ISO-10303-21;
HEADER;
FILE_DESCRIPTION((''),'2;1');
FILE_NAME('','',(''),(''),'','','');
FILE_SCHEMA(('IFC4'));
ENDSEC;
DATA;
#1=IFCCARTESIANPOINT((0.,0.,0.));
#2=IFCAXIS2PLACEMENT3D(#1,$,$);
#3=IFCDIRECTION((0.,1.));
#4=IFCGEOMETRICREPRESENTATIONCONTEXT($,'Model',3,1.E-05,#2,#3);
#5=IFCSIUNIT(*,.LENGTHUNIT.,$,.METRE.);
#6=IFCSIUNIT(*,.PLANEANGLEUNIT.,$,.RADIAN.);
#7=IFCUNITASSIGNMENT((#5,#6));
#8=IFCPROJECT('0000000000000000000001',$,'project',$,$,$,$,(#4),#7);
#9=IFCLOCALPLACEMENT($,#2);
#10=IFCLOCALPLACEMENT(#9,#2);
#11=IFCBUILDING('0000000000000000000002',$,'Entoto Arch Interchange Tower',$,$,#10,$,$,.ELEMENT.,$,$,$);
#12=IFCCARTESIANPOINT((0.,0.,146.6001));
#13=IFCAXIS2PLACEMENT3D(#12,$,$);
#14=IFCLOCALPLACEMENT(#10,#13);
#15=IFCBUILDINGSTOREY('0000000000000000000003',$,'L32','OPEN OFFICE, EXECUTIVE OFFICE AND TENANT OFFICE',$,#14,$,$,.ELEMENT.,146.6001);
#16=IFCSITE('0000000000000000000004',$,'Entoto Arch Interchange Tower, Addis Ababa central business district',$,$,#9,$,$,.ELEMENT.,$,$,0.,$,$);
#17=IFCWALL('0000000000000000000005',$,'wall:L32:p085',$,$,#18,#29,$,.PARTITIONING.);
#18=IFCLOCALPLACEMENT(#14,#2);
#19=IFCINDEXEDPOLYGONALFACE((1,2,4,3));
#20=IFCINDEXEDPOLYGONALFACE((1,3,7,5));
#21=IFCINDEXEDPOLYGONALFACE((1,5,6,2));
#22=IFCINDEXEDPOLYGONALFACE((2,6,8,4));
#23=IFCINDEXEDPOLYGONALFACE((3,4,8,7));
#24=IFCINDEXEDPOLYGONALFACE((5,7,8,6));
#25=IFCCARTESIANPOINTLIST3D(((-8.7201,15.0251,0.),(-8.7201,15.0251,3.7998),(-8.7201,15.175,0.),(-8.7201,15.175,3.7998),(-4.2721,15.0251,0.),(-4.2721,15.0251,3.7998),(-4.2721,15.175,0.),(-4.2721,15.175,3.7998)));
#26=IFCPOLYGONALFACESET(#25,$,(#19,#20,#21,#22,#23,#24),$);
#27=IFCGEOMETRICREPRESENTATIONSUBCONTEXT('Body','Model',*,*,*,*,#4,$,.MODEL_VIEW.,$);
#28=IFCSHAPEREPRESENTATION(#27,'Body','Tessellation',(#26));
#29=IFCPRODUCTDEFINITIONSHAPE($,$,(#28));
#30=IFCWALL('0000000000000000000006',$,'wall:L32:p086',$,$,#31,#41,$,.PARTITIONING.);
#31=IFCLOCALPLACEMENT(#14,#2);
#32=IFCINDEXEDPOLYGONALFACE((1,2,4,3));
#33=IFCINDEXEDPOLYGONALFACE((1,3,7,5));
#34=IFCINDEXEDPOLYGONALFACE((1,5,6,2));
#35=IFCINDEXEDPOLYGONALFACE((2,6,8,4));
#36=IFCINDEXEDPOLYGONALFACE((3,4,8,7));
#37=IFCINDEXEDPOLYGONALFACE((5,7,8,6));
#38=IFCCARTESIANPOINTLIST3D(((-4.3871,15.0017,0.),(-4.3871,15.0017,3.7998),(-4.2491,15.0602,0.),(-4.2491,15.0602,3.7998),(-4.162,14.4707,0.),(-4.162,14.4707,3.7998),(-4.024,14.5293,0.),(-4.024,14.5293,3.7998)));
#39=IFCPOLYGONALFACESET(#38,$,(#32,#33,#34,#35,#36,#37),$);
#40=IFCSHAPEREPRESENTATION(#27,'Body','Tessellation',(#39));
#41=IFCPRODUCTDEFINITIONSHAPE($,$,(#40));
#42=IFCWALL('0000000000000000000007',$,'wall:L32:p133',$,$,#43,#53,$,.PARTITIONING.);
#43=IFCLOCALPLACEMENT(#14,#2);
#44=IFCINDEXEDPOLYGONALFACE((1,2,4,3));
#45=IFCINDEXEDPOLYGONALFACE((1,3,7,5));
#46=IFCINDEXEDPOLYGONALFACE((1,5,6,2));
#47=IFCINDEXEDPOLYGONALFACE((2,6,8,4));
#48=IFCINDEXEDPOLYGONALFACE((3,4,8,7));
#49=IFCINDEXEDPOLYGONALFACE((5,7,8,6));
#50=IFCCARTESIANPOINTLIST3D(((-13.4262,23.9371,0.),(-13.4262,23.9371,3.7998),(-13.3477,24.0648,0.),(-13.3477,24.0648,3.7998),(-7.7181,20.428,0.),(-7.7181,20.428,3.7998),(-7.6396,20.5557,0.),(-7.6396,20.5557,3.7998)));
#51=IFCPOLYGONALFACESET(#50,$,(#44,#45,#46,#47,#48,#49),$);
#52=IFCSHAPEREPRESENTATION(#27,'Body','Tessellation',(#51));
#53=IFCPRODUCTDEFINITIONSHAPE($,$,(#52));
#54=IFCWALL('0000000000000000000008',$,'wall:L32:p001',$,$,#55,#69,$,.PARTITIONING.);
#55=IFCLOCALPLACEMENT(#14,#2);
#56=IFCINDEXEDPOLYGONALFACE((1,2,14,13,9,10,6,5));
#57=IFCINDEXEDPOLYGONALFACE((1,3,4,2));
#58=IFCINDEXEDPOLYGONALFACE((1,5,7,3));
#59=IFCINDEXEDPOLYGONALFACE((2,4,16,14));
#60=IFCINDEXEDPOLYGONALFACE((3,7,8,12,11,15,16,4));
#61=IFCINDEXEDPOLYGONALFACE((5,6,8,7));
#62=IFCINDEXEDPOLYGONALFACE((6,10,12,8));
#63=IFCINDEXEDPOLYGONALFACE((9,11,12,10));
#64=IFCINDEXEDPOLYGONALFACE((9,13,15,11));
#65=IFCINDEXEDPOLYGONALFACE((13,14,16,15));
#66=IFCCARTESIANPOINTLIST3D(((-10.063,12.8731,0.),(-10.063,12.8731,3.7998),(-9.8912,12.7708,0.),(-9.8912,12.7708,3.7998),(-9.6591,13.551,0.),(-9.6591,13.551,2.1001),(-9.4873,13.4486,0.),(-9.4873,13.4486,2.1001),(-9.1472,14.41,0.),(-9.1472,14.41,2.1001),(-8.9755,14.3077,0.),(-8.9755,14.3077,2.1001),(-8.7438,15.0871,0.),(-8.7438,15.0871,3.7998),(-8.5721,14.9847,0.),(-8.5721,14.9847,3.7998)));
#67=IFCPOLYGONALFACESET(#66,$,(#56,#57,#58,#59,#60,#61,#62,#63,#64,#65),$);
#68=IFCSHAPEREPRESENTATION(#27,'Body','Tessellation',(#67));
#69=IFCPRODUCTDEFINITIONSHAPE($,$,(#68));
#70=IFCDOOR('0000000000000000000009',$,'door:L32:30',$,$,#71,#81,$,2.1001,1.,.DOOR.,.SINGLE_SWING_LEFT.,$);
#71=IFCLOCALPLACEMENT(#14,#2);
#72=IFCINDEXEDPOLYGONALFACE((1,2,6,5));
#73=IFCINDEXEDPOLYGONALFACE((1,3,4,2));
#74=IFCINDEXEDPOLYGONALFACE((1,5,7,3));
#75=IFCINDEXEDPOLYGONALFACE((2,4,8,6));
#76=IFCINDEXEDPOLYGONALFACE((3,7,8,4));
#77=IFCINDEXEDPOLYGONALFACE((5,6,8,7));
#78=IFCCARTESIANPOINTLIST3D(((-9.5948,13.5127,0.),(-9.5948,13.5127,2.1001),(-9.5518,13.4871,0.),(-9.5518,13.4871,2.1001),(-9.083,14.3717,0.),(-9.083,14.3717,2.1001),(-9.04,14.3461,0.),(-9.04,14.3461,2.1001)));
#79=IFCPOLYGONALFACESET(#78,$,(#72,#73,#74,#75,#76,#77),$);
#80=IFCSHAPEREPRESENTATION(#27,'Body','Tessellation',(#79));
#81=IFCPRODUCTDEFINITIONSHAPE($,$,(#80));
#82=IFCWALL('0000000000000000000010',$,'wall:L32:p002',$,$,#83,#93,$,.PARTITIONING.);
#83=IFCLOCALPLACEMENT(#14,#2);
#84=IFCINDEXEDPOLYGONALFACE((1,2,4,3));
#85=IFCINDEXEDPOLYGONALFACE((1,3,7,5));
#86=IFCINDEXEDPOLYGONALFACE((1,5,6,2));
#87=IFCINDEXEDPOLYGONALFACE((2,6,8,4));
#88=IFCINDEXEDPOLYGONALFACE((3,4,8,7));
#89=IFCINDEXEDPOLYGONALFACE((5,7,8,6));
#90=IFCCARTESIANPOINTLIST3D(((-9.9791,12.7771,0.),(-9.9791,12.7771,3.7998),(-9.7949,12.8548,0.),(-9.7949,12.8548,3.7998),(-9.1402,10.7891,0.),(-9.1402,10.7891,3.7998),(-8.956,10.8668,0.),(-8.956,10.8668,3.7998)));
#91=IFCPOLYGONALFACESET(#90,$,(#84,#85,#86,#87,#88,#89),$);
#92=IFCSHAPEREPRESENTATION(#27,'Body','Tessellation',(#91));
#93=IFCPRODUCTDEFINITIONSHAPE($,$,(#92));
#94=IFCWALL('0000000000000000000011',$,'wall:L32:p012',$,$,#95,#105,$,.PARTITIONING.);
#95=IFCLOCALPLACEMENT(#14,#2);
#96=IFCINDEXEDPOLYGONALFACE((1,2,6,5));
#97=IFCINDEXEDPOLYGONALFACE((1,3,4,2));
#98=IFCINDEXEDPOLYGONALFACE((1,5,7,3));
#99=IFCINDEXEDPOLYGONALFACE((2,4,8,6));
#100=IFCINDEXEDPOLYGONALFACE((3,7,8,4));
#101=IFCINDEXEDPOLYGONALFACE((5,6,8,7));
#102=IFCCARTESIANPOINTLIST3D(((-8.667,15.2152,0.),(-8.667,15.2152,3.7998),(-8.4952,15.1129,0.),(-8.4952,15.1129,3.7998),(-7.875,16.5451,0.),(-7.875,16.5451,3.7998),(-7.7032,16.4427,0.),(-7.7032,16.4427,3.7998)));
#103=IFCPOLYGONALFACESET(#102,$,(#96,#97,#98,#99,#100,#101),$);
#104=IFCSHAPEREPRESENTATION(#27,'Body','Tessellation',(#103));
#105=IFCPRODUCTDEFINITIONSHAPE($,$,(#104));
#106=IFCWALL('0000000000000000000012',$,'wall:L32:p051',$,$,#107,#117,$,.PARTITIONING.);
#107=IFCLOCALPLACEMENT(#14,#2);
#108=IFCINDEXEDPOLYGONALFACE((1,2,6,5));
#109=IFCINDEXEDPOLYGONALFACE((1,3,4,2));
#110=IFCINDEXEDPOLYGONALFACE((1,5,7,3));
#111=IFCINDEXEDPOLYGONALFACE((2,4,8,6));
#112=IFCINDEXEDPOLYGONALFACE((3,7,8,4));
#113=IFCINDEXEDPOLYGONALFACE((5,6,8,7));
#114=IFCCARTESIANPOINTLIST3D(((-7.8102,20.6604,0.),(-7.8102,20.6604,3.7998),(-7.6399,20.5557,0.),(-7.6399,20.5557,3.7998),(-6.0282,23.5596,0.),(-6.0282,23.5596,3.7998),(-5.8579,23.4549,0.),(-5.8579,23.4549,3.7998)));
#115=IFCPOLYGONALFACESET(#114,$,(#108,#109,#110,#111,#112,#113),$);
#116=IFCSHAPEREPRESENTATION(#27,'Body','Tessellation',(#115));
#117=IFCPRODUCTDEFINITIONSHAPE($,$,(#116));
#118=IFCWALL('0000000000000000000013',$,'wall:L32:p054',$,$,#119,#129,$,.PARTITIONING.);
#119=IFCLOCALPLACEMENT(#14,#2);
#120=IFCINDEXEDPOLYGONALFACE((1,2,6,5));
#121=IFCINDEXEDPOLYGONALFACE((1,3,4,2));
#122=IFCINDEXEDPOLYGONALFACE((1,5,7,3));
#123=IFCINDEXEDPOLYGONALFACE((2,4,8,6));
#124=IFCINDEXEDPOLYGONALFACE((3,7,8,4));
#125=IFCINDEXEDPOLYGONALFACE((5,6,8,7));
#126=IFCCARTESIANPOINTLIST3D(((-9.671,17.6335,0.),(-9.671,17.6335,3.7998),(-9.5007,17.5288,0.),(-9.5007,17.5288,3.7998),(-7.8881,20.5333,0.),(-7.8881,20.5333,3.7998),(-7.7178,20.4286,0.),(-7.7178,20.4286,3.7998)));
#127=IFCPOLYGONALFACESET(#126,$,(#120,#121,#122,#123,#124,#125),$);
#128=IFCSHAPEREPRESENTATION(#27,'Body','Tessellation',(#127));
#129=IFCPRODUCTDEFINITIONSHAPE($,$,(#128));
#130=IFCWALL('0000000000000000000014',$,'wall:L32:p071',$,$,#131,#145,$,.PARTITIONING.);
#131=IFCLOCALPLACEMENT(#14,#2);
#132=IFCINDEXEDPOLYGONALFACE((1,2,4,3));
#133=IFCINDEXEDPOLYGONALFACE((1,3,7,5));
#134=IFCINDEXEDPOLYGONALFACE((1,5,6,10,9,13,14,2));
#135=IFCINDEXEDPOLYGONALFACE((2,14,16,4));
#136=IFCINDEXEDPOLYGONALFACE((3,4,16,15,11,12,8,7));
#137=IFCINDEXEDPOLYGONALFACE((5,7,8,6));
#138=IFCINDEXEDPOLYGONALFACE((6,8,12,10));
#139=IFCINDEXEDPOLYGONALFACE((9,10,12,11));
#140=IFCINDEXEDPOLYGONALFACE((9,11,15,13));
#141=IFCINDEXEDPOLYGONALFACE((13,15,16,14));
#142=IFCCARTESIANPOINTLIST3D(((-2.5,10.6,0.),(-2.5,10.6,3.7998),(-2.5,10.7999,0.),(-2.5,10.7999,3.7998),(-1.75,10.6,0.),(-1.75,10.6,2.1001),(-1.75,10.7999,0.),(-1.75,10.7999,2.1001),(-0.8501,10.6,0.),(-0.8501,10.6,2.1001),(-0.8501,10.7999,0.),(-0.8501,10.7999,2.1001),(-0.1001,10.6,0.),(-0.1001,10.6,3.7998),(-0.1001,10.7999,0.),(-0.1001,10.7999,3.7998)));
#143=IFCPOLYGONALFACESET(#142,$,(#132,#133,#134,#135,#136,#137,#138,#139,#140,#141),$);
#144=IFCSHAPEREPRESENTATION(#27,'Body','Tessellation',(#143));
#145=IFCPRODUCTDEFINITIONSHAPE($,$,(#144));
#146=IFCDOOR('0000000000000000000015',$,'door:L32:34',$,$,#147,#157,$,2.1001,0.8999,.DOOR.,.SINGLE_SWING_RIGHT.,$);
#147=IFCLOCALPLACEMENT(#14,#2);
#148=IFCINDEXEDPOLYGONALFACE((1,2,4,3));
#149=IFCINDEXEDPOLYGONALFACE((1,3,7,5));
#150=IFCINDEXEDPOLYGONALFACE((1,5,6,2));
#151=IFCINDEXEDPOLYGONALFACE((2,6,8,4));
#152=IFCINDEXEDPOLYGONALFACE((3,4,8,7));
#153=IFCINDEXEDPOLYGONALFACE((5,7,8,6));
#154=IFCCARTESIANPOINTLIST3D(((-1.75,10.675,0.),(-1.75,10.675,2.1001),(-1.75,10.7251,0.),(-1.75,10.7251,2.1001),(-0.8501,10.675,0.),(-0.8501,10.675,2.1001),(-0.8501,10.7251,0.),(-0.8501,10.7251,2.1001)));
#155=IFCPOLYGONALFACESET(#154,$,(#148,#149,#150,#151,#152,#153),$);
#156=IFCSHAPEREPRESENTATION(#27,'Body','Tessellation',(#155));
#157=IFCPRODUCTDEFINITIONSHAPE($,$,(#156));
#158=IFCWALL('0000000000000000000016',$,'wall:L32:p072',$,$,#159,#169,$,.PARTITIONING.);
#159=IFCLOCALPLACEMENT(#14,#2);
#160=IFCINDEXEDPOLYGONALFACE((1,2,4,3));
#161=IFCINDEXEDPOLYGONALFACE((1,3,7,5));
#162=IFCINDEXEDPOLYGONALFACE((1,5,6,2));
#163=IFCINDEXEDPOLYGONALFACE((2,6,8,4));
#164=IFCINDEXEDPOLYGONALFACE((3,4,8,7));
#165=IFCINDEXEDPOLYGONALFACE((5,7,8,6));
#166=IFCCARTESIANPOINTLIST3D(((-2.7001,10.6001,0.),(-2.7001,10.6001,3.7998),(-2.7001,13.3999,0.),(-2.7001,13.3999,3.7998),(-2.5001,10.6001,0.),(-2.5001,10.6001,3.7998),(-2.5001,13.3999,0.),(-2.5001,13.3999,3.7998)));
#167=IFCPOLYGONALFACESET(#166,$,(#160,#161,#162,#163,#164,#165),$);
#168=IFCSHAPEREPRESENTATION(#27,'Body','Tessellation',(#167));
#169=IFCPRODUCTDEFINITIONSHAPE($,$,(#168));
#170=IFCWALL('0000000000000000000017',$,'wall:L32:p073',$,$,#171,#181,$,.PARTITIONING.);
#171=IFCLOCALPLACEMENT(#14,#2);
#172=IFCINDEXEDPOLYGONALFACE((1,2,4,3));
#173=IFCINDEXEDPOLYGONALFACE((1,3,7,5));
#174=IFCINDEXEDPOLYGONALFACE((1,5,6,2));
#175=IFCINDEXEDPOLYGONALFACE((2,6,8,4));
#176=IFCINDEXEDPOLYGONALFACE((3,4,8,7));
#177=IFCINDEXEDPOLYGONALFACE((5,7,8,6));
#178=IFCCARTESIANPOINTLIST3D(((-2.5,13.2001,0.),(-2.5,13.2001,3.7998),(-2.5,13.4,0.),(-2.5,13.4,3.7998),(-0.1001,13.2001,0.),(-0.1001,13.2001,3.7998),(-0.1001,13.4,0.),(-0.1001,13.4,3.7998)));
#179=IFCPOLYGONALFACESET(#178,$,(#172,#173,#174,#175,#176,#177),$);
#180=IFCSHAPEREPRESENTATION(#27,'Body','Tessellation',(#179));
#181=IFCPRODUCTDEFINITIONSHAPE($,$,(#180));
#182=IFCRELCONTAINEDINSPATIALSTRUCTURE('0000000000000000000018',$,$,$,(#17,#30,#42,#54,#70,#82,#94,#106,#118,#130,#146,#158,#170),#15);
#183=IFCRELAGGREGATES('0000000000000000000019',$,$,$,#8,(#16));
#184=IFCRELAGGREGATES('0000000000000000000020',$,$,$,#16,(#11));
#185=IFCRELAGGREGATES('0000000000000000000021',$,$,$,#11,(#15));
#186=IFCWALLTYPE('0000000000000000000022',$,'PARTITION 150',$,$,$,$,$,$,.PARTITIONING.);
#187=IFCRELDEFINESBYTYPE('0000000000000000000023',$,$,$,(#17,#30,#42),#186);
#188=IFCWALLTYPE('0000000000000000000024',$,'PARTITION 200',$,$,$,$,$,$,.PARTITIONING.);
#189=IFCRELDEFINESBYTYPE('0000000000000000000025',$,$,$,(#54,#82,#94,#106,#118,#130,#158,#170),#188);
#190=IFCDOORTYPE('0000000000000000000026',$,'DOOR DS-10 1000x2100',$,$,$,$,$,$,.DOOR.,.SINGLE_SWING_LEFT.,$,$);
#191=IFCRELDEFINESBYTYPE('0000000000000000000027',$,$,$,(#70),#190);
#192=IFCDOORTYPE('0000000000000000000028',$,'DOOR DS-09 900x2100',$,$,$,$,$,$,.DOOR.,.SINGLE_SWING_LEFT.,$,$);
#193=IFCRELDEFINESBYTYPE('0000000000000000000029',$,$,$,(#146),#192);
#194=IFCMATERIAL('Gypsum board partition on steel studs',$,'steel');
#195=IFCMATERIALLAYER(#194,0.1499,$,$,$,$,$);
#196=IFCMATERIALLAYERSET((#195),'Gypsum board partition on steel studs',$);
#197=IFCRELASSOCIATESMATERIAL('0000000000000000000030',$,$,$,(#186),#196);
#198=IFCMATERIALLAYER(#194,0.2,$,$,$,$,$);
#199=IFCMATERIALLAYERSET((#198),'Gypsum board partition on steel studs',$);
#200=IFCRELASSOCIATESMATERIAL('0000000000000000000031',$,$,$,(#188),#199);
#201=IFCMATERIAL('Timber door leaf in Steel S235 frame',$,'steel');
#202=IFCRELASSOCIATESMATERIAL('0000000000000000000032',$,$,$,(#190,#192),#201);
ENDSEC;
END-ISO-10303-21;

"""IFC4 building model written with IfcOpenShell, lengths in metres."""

from ifc_helpers import new_model, si_unit, direction, frame, frame_2d, origin, place, context, subcontext, project, spatial, rectangle, extrude, material, layer, layer_set, type_object, element, fill, save


model = new_model("IFC4")

# Units and contexts
model_context = context("Model", 3, precision=1e-05, world=origin(), true_north=direction((0.0, 1.0)))
body_context = subcontext(model_context, "Body", "Model", "MODEL_VIEW")
ifc_project = project(units=[si_unit("LENGTHUNIT", "METRE"), si_unit("PLANEANGLEUNIT", "RADIAN")], contexts=[model_context])

# Site, building, storey
site_placement = place(None, origin())
site = spatial("IfcSite", under=ifc_project, at=site_placement, Name="Entoto Arch Interchange Tower, Addis Ababa central business district", CompositionType="ELEMENT", RefElevation=0.0)
building_placement = place(site_placement, origin())
building = spatial("IfcBuilding", under=site, at=building_placement, Name="Entoto Arch Interchange Tower", CompositionType="ELEMENT")
storey_placement = place(building_placement, frame((0.0, 0.0, 146.6001)))
storey = spatial("IfcBuildingStorey", under=building, at=storey_placement, Name="L32", Description="OPEN OFFICE, EXECUTIVE OFFICE AND TENANT OFFICE", CompositionType="ELEMENT", Elevation=146.6001)

# Walls
ifc_material_1 = material(Name="Gypsum board partition on steel studs", Category="steel")
ifc_layer_1 = layer(ifc_material_1, 0.1499)
ifc_layer_set_1 = layer_set([ifc_layer_1], Name="Gypsum board partition on steel studs")
wall_type_1 = type_object("IfcWallType", Name="PARTITION 150", PredefinedType="PARTITIONING", material=ifc_layer_set_1)
wall_1_placement = place(storey_placement, frame((-4.272, 15.1001, 0.0), z_axis=(0.0, 0.0, 1.0), x_axis=(-1.0, 0.0, 0.0)))
element("IfcWall", 1, at=wall_1_placement, inside=storey, type_object=wall_type_1, Name="wall:L32:p085", PredefinedType="PARTITIONING", context=body_context, shape_type="SweptSolid", body=[
    extrude(rectangle(XDim=4.448, YDim=0.1499, at=frame_2d((2.2241, 0.0))), origin(), (0.0, 0.0, 1.0), 3.7998),
])
wall_2_placement = place(storey_placement, frame((-4.093, 14.5, 0.0), z_axis=(0.0, 0.0, 1.0), x_axis=(-0.390289, 0.920692, 0.0)))
element("IfcWall", 2, at=wall_2_placement, inside=storey, type_object=wall_type_1, Name="wall:L32:p086", PredefinedType="PARTITIONING", context=body_context, shape_type="SweptSolid", body=[
    extrude(rectangle(XDim=0.5767, YDim=0.1499, at=frame_2d((0.2883, 0.0))), origin(), (0.0, 0.0, 1.0), 3.7998),
])
wall_3_placement = place(storey_placement, frame((-7.679, 20.4919, 0.0), z_axis=(0.0, 0.0, 1.0), x_axis=(-0.851897, 0.523709, 0.0)))
element("IfcWall", 3, at=wall_3_placement, inside=storey, type_object=wall_type_1, Name="wall:L32:p133", PredefinedType="PARTITIONING", context=body_context, shape_type="SweptSolid", body=[
    extrude(rectangle(XDim=6.7004, YDim=0.1499, at=frame_2d((3.3501, 0.0))), origin(), (0.0, 0.0, 1.0), 3.7998),
])

# Wall, opening, door
ifc_layer_2 = layer(ifc_material_1, 0.2)
ifc_layer_set_2 = layer_set([ifc_layer_2], Name="Gypsum board partition on steel studs")
wall_type_2 = type_object("IfcWallType", Name="PARTITION 200", PredefinedType="PARTITIONING", material=ifc_layer_set_2)
wall_4_placement = place(storey_placement, frame((-8.658, 15.0359, 0.0), z_axis=(0.0, 0.0, 1.0), x_axis=(-0.51186, -0.859069, 0.0)))
wall_4 = element("IfcWall", 4, at=wall_4_placement, inside=storey, type_object=wall_type_2, Name="wall:L32:p001", PredefinedType="PARTITIONING", context=body_context, shape_type="SweptSolid", body=[
    extrude(rectangle(XDim=2.5771, YDim=0.2, at=frame_2d((1.2886, 0.0))), origin(), (0.0, 0.0, 1.0), 3.7998),
])
opening_1_placement = place(wall_4_placement, frame((0.7881, 0.0, 0.0)))
opening_1 = element("IfcOpeningElement", 5, at=opening_1_placement, cuts=wall_4, PredefinedType="OPENING", context=body_context, shape_type="SweptSolid", body=[
    extrude(rectangle(XDim=1.0, YDim=2.1001, at=frame_2d((0.5, 1.05))), frame((0.0, 0.1099, 0.0), z_axis=(0.0, -1.0, 0.0), x_axis=(1.0, 0.0, 0.0)), (0.0, 0.0, 1.0), 0.22),
])
ifc_material_2 = material(Name="Timber door leaf in Steel S235 frame", Category="steel")
door_type_1 = type_object("IfcDoorType", Name="DOOR DS-10 1000x2100", OperationType="SINGLE_SWING_LEFT", PredefinedType="DOOR", material=ifc_material_2)
door_1_placement = place(opening_1_placement, origin())
door_1 = element("IfcDoor", 6, at=door_1_placement, inside=storey, type_object=door_type_1, Name="door:L32:30", OperationType="SINGLE_SWING_LEFT", OverallHeight=2.1001, OverallWidth=1.0, PredefinedType="DOOR", context=body_context, shape_type="SweptSolid", body=[
    extrude(rectangle(XDim=1.0, YDim=2.1001, at=frame_2d((0.5, 1.05))), frame((0.0, 0.0249, 0.0), z_axis=(0.0, -1.0, 0.0), x_axis=(1.0, 0.0, 0.0)), (0.0, 0.0, 1.0), 0.05),
])
fill(opening_1, door_1)

# Walls
wall_5_placement = place(storey_placement, frame((-9.887, 12.8159, 0.0), z_axis=(0.0, 0.0, 1.0), x_axis=(0.388765, -0.921337, 0.0)))
element("IfcWall", 7, at=wall_5_placement, inside=storey, type_object=wall_type_2, Name="wall:L32:p002", PredefinedType="PARTITIONING", context=body_context, shape_type="SweptSolid", body=[
    extrude(rectangle(XDim=2.1577, YDim=0.2, at=frame_2d((1.0789, 0.0))), origin(), (0.0, 0.0, 1.0), 3.7998),
])
wall_6_placement = place(storey_placement, frame((-7.7891, 16.4939, 0.0), z_axis=(0.0, 0.0, 1.0), x_axis=(-0.511686, -0.859172, 0.0)))
element("IfcWall", 8, at=wall_6_placement, inside=storey, type_object=wall_type_2, Name="wall:L32:p012", PredefinedType="PARTITIONING", context=body_context, shape_type="SweptSolid", body=[
    extrude(rectangle(XDim=1.5479, YDim=0.2, at=frame_2d((0.7739, 0.0))), origin(), (0.0, 0.0, 1.0), 3.7998),
])
wall_7_placement = place(storey_placement, frame((-7.7251, 20.6079, 0.0), z_axis=(0.0, 0.0, 1.0), x_axis=(0.523645, 0.851937, 0.0)))
element("IfcWall", 9, at=wall_7_placement, inside=storey, type_object=wall_type_2, Name="wall:L32:p051", PredefinedType="PARTITIONING", context=body_context, shape_type="SweptSolid", body=[
    extrude(rectangle(XDim=3.4031, YDim=0.2, at=frame_2d((1.7017, 0.0))), origin(), (0.0, 0.0, 1.0), 3.7998),
])
wall_8_placement = place(storey_placement, frame((-9.5859, 17.5811, 0.0), z_axis=(0.0, 0.0, 1.0), x_axis=(0.523757, 0.851868, 0.0)))
element("IfcWall", 10, at=wall_8_placement, inside=storey, type_object=wall_type_2, Name="wall:L32:p054", PredefinedType="PARTITIONING", context=body_context, shape_type="SweptSolid", body=[
    extrude(rectangle(XDim=3.4041, YDim=0.2, at=frame_2d((1.7021, 0.0))), origin(), (0.0, 0.0, 1.0), 3.7998),
])

# Wall, opening, door
wall_9_placement = place(storey_placement, frame((-0.1001, 10.7, 0.0), z_axis=(0.0, 0.0, 1.0), x_axis=(-1.0, 0.0, 0.0)))
wall_9 = element("IfcWall", 11, at=wall_9_placement, inside=storey, type_object=wall_type_2, Name="wall:L32:p071", PredefinedType="PARTITIONING", context=body_context, shape_type="SweptSolid", body=[
    extrude(rectangle(XDim=2.3999, YDim=0.2, at=frame_2d((1.2, 0.0))), origin(), (0.0, 0.0, 1.0), 3.7998),
])
opening_2_placement = place(wall_9_placement, frame((0.75, 0.0, 0.0)))
opening_2 = element("IfcOpeningElement", 12, at=opening_2_placement, cuts=wall_9, PredefinedType="OPENING", context=body_context, shape_type="SweptSolid", body=[
    extrude(rectangle(XDim=0.8999, YDim=2.1001, at=frame_2d((0.45, 1.05))), frame((0.0, 0.1099, 0.0), z_axis=(0.0, -1.0, 0.0), x_axis=(1.0, 0.0, 0.0)), (0.0, 0.0, 1.0), 0.22),
])
door_type_2 = type_object("IfcDoorType", Name="DOOR DS-09 900x2100", OperationType="SINGLE_SWING_LEFT", PredefinedType="DOOR", material=ifc_material_2)
door_2_placement = place(opening_2_placement, origin())
door_2 = element("IfcDoor", 13, at=door_2_placement, inside=storey, type_object=door_type_2, Name="door:L32:34", OperationType="SINGLE_SWING_RIGHT", OverallHeight=2.1001, OverallWidth=0.8999, PredefinedType="DOOR", context=body_context, shape_type="SweptSolid", body=[
    extrude(rectangle(XDim=0.8999, YDim=2.1001, at=frame_2d((0.45, 1.05))), frame((0.0, 0.0249, 0.0), z_axis=(0.0, -1.0, 0.0), x_axis=(1.0, 0.0, 0.0)), (0.0, 0.0, 1.0), 0.05),
])
fill(opening_2, door_2)

# Walls
wall_10_placement = place(storey_placement, frame((-2.6001, 10.6001, 0.0), z_axis=(0.0, 0.0, 1.0), x_axis=(0.0, 1.0, 0.0)))
element("IfcWall", 14, at=wall_10_placement, inside=storey, type_object=wall_type_2, Name="wall:L32:p072", PredefinedType="PARTITIONING", context=body_context, shape_type="SweptSolid", body=[
    extrude(rectangle(XDim=2.7998, YDim=0.2, at=frame_2d((1.3999, 0.0))), origin(), (0.0, 0.0, 1.0), 3.7998),
])
wall_11_placement = place(storey_placement, frame((-2.5, 13.3, 0.0), z_axis=(0.0, 0.0, 1.0), x_axis=(1.0, 0.0, 0.0)))
element("IfcWall", 15, at=wall_11_placement, inside=storey, type_object=wall_type_2, Name="wall:L32:p073", PredefinedType="PARTITIONING", context=body_context, shape_type="SweptSolid", body=[
    extrude(rectangle(XDim=2.3999, YDim=0.2, at=frame_2d((1.2, 0.0))), origin(), (0.0, 0.0, 1.0), 3.7998),
])

save(model, "model.ifc")
